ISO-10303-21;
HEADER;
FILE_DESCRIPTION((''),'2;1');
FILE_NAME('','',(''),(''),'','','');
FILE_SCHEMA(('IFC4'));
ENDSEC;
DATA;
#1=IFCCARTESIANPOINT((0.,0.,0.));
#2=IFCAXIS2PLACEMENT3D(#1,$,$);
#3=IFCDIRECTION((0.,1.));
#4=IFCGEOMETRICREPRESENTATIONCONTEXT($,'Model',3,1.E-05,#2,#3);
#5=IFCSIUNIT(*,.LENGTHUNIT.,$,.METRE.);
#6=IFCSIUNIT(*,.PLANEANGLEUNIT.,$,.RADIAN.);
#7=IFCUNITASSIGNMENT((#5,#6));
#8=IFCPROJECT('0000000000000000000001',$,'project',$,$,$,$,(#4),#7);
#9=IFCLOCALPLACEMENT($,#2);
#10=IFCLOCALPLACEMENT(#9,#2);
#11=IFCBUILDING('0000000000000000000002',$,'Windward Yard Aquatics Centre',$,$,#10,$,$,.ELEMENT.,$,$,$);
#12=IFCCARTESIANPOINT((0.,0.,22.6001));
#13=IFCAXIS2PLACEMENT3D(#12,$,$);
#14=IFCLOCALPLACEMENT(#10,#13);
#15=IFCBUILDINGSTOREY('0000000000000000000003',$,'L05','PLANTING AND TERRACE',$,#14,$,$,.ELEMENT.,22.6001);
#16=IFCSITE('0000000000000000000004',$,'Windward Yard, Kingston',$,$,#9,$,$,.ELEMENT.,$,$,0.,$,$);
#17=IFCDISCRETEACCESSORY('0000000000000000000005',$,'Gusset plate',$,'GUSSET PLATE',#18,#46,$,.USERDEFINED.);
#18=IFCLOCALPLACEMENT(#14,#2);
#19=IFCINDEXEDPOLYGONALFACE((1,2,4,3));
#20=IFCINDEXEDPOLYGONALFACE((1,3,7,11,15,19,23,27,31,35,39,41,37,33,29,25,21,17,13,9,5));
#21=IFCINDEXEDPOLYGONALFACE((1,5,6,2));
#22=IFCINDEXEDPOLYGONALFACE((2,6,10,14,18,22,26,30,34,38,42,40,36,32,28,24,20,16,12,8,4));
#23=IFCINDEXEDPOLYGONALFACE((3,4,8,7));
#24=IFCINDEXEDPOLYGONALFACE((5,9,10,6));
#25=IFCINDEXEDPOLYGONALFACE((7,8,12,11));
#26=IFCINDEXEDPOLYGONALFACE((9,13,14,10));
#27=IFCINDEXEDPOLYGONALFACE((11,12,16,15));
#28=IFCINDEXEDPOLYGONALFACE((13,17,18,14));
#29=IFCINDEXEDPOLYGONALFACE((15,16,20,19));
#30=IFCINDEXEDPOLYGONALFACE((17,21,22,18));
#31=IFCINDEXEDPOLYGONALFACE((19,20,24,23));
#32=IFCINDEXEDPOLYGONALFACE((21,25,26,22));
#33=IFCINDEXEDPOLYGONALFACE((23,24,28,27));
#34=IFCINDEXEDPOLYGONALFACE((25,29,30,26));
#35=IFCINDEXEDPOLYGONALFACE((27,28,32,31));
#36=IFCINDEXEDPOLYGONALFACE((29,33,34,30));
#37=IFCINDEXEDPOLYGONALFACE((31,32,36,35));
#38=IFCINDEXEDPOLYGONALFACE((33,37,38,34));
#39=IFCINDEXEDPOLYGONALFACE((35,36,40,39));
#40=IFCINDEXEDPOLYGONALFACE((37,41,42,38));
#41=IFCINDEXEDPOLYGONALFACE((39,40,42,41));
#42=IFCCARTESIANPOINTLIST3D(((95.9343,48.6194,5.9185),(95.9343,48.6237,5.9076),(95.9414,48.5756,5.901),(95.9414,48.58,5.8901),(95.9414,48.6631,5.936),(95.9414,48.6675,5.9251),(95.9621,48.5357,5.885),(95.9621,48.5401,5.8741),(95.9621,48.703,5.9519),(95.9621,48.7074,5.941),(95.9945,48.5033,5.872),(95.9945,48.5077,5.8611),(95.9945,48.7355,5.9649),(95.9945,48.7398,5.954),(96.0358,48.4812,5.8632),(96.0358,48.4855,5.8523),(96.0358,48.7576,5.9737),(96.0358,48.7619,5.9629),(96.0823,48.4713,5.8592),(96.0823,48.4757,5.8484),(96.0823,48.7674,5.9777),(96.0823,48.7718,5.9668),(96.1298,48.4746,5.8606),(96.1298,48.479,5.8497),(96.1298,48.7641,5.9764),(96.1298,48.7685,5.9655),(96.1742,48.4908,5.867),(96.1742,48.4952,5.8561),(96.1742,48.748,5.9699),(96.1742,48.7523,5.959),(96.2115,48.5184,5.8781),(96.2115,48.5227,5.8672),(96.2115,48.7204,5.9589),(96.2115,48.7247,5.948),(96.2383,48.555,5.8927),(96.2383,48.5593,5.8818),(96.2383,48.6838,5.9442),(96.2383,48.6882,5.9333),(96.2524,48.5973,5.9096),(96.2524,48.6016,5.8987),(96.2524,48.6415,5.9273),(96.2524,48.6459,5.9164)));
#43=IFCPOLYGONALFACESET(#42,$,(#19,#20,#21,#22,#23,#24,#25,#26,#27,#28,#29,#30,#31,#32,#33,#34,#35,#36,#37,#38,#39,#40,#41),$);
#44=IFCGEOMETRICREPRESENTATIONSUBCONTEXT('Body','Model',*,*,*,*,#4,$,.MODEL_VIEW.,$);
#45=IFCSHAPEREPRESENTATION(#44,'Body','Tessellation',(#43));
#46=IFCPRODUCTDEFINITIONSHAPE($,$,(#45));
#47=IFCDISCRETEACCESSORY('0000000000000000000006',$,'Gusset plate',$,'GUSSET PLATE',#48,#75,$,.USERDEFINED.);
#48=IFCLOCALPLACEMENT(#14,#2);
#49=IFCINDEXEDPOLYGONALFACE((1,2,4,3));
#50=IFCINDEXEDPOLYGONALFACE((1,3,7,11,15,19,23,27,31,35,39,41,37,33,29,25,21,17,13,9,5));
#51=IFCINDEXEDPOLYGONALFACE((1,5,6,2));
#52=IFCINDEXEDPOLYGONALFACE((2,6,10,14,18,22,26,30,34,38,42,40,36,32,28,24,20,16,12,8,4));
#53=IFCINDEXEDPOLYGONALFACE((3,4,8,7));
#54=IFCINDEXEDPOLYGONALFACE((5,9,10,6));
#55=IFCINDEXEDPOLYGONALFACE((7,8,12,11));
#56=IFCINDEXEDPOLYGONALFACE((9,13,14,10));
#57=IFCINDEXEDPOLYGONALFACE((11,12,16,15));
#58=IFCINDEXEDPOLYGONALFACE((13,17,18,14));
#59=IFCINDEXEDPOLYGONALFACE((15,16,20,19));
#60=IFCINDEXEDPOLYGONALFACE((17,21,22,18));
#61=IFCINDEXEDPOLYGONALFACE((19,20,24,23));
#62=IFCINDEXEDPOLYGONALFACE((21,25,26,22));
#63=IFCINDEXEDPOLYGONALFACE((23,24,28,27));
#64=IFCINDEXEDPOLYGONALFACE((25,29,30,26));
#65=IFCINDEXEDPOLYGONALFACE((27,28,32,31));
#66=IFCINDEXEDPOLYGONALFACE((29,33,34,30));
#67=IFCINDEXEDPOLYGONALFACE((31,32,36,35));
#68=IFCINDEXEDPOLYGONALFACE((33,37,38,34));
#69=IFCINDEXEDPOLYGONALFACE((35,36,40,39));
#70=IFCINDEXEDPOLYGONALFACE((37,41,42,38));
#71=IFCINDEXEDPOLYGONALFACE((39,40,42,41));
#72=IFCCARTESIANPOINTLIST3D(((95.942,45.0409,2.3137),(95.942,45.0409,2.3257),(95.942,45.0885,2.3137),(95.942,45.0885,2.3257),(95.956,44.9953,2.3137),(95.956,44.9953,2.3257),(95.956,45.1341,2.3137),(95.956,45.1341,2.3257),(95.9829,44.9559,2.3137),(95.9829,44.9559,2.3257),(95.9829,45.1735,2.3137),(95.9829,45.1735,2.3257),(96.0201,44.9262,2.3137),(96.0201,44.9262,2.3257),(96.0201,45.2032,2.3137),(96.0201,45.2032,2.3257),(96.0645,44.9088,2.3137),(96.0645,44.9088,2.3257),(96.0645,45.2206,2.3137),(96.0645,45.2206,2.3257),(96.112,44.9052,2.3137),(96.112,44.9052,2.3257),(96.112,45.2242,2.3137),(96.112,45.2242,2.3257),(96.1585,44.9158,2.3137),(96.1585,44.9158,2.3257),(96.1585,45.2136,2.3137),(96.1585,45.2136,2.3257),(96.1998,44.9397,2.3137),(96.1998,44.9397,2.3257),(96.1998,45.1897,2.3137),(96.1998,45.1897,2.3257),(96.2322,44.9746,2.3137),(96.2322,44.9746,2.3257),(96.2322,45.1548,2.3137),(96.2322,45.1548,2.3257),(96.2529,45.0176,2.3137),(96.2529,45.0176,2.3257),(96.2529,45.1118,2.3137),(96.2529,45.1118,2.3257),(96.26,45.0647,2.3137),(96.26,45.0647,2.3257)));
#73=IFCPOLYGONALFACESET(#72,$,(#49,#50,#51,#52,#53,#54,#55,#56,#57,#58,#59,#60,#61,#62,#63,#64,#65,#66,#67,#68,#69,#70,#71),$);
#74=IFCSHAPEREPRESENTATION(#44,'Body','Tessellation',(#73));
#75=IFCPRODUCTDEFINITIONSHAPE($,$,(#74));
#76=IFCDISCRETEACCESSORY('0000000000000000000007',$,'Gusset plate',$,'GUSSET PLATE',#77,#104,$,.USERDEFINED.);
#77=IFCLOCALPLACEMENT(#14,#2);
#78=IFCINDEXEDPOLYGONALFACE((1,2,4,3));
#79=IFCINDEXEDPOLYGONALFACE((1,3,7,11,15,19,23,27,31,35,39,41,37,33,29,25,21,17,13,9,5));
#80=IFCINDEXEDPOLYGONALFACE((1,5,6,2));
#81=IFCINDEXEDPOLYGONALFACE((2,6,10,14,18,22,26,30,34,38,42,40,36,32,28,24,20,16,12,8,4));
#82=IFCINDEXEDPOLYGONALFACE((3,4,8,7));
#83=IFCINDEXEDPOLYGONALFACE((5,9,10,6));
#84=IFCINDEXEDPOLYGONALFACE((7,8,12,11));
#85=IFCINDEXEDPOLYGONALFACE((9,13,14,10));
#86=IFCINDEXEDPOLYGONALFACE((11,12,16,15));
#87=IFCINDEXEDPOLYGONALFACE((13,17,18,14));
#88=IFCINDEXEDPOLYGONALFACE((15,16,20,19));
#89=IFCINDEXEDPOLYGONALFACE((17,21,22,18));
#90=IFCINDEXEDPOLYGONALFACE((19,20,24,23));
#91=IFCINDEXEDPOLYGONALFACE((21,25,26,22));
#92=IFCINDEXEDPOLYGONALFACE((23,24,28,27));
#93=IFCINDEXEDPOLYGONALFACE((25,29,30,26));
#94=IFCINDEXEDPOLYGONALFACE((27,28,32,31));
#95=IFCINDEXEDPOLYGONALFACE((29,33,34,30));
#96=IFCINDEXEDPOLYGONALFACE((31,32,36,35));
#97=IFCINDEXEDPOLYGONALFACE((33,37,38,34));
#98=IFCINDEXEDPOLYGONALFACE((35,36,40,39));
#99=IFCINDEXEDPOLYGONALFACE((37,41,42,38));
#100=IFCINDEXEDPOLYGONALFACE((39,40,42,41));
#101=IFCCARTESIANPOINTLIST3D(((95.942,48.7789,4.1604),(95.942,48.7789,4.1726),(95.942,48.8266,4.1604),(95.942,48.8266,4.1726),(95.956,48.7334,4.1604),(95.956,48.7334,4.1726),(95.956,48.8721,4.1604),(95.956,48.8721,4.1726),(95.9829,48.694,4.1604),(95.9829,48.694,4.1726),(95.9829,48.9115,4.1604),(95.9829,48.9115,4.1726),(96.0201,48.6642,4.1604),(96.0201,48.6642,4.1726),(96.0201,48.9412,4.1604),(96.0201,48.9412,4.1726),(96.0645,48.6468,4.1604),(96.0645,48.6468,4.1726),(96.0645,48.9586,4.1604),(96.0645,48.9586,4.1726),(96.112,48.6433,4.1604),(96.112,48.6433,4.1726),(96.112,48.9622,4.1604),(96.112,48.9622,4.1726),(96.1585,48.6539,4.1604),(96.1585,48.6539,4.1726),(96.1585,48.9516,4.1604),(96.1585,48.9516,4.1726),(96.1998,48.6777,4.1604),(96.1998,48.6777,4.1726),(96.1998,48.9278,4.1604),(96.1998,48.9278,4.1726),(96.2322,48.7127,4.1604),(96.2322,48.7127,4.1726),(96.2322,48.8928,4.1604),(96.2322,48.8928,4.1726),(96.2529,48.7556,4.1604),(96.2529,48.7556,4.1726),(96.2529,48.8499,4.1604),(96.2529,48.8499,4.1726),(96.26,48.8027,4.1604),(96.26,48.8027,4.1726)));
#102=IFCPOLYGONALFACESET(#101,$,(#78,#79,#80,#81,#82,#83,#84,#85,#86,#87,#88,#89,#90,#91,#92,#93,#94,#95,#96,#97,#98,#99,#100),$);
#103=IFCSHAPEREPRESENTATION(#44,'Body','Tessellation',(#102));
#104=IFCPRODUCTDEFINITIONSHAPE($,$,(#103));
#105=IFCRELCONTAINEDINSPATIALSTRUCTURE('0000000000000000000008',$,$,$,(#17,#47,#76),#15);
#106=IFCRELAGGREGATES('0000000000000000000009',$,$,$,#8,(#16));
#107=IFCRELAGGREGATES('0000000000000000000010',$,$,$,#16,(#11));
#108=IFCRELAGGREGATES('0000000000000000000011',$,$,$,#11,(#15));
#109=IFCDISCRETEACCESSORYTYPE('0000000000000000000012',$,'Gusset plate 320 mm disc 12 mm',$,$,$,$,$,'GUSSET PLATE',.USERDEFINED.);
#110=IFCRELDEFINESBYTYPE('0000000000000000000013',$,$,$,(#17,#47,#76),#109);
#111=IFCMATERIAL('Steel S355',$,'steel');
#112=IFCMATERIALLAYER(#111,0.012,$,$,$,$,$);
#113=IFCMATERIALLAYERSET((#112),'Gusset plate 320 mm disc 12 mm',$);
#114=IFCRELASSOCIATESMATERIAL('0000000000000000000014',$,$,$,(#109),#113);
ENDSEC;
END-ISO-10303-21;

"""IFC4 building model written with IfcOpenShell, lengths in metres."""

from ifc_helpers import new_model, si_unit, direction, frame, origin, origin_2d, place, context, subcontext, project, spatial, circle, extrude, material, layer, layer_set, type_object, element, save


model = new_model("IFC4")

# Units and contexts
model_context = context("Model", 3, precision=1e-05, world=origin(), true_north=direction((0.0, 1.0)))
body_context = subcontext(model_context, "Body", "Model", "MODEL_VIEW")
ifc_project = project(units=[si_unit("LENGTHUNIT", "METRE"), si_unit("PLANEANGLEUNIT", "RADIAN")], contexts=[model_context])

# Site, building, storey
site_placement = place(None, origin())
site = spatial("IfcSite", under=ifc_project, at=site_placement, Name="Windward Yard, Kingston", CompositionType="ELEMENT", RefElevation=0.0)
building_placement = place(site_placement, origin())
building = spatial("IfcBuilding", under=site, at=building_placement, Name="Windward Yard Aquatics Centre", CompositionType="ELEMENT")
storey_placement = place(building_placement, frame((0.0, 0.0, 22.6001)))
storey = spatial("IfcBuildingStorey", under=building, at=storey_placement, Name="L05", Description="PLANTING AND TERRACE", CompositionType="ELEMENT", Elevation=22.6001)

# Discrete accessories
ifc_material_1 = material(Name="Steel S355", Category="steel")
ifc_layer_1 = layer(ifc_material_1, 0.012)
ifc_layer_set_1 = layer_set([ifc_layer_1], Name="Gusset plate 320 mm disc 12 mm")
discrete_accessory_type_1 = type_object("IfcDiscreteAccessoryType", Name="Gusset plate 320 mm disc 12 mm", ElementType="GUSSET PLATE", PredefinedType="USERDEFINED", material=ifc_layer_set_1)
discrete_accessory_1_placement = place(storey_placement, frame((96.0942, 48.6194, 5.9185), z_axis=(0.0, 0.371391, -0.928477), x_axis=(-1.0, 0.0, 0.0)))
element("IfcDiscreteAccessory", 1, at=discrete_accessory_1_placement, inside=storey, type_object=discrete_accessory_type_1, Name="Gusset plate", ObjectType="GUSSET PLATE", PredefinedType="USERDEFINED", context=body_context, shape_type="SweptSolid", body=[
    extrude(circle(Radius=0.1599, at=origin_2d()), origin(), (0.0, 0.0, 1.0), 0.0117),
])
discrete_accessory_2_placement = place(storey_placement, frame((96.1001, 45.0647, 2.3137), z_axis=(0.0, 0.0, 1.0), x_axis=(1.0, 0.0, 0.0)))
element("IfcDiscreteAccessory", 2, at=discrete_accessory_2_placement, inside=storey, type_object=discrete_accessory_type_1, Name="Gusset plate", ObjectType="GUSSET PLATE", PredefinedType="USERDEFINED", context=body_context, shape_type="SweptSolid", body=[
    extrude(circle(Radius=0.1599, at=origin_2d()), origin(), (0.0, 0.0, 1.0), 0.012),
])
discrete_accessory_3_placement = place(storey_placement, frame((96.1001, 48.8027, 4.1604), z_axis=(0.0, 0.0, 1.0), x_axis=(1.0, 0.0, 0.0)))
element("IfcDiscreteAccessory", 3, at=discrete_accessory_3_placement, inside=storey, type_object=discrete_accessory_type_1, Name="Gusset plate", ObjectType="GUSSET PLATE", PredefinedType="USERDEFINED", context=body_context, shape_type="SweptSolid", body=[
    extrude(circle(Radius=0.1599, at=origin_2d()), origin(), (0.0, 0.0, 1.0), 0.0122),
])

save(model, "model.ifc")
